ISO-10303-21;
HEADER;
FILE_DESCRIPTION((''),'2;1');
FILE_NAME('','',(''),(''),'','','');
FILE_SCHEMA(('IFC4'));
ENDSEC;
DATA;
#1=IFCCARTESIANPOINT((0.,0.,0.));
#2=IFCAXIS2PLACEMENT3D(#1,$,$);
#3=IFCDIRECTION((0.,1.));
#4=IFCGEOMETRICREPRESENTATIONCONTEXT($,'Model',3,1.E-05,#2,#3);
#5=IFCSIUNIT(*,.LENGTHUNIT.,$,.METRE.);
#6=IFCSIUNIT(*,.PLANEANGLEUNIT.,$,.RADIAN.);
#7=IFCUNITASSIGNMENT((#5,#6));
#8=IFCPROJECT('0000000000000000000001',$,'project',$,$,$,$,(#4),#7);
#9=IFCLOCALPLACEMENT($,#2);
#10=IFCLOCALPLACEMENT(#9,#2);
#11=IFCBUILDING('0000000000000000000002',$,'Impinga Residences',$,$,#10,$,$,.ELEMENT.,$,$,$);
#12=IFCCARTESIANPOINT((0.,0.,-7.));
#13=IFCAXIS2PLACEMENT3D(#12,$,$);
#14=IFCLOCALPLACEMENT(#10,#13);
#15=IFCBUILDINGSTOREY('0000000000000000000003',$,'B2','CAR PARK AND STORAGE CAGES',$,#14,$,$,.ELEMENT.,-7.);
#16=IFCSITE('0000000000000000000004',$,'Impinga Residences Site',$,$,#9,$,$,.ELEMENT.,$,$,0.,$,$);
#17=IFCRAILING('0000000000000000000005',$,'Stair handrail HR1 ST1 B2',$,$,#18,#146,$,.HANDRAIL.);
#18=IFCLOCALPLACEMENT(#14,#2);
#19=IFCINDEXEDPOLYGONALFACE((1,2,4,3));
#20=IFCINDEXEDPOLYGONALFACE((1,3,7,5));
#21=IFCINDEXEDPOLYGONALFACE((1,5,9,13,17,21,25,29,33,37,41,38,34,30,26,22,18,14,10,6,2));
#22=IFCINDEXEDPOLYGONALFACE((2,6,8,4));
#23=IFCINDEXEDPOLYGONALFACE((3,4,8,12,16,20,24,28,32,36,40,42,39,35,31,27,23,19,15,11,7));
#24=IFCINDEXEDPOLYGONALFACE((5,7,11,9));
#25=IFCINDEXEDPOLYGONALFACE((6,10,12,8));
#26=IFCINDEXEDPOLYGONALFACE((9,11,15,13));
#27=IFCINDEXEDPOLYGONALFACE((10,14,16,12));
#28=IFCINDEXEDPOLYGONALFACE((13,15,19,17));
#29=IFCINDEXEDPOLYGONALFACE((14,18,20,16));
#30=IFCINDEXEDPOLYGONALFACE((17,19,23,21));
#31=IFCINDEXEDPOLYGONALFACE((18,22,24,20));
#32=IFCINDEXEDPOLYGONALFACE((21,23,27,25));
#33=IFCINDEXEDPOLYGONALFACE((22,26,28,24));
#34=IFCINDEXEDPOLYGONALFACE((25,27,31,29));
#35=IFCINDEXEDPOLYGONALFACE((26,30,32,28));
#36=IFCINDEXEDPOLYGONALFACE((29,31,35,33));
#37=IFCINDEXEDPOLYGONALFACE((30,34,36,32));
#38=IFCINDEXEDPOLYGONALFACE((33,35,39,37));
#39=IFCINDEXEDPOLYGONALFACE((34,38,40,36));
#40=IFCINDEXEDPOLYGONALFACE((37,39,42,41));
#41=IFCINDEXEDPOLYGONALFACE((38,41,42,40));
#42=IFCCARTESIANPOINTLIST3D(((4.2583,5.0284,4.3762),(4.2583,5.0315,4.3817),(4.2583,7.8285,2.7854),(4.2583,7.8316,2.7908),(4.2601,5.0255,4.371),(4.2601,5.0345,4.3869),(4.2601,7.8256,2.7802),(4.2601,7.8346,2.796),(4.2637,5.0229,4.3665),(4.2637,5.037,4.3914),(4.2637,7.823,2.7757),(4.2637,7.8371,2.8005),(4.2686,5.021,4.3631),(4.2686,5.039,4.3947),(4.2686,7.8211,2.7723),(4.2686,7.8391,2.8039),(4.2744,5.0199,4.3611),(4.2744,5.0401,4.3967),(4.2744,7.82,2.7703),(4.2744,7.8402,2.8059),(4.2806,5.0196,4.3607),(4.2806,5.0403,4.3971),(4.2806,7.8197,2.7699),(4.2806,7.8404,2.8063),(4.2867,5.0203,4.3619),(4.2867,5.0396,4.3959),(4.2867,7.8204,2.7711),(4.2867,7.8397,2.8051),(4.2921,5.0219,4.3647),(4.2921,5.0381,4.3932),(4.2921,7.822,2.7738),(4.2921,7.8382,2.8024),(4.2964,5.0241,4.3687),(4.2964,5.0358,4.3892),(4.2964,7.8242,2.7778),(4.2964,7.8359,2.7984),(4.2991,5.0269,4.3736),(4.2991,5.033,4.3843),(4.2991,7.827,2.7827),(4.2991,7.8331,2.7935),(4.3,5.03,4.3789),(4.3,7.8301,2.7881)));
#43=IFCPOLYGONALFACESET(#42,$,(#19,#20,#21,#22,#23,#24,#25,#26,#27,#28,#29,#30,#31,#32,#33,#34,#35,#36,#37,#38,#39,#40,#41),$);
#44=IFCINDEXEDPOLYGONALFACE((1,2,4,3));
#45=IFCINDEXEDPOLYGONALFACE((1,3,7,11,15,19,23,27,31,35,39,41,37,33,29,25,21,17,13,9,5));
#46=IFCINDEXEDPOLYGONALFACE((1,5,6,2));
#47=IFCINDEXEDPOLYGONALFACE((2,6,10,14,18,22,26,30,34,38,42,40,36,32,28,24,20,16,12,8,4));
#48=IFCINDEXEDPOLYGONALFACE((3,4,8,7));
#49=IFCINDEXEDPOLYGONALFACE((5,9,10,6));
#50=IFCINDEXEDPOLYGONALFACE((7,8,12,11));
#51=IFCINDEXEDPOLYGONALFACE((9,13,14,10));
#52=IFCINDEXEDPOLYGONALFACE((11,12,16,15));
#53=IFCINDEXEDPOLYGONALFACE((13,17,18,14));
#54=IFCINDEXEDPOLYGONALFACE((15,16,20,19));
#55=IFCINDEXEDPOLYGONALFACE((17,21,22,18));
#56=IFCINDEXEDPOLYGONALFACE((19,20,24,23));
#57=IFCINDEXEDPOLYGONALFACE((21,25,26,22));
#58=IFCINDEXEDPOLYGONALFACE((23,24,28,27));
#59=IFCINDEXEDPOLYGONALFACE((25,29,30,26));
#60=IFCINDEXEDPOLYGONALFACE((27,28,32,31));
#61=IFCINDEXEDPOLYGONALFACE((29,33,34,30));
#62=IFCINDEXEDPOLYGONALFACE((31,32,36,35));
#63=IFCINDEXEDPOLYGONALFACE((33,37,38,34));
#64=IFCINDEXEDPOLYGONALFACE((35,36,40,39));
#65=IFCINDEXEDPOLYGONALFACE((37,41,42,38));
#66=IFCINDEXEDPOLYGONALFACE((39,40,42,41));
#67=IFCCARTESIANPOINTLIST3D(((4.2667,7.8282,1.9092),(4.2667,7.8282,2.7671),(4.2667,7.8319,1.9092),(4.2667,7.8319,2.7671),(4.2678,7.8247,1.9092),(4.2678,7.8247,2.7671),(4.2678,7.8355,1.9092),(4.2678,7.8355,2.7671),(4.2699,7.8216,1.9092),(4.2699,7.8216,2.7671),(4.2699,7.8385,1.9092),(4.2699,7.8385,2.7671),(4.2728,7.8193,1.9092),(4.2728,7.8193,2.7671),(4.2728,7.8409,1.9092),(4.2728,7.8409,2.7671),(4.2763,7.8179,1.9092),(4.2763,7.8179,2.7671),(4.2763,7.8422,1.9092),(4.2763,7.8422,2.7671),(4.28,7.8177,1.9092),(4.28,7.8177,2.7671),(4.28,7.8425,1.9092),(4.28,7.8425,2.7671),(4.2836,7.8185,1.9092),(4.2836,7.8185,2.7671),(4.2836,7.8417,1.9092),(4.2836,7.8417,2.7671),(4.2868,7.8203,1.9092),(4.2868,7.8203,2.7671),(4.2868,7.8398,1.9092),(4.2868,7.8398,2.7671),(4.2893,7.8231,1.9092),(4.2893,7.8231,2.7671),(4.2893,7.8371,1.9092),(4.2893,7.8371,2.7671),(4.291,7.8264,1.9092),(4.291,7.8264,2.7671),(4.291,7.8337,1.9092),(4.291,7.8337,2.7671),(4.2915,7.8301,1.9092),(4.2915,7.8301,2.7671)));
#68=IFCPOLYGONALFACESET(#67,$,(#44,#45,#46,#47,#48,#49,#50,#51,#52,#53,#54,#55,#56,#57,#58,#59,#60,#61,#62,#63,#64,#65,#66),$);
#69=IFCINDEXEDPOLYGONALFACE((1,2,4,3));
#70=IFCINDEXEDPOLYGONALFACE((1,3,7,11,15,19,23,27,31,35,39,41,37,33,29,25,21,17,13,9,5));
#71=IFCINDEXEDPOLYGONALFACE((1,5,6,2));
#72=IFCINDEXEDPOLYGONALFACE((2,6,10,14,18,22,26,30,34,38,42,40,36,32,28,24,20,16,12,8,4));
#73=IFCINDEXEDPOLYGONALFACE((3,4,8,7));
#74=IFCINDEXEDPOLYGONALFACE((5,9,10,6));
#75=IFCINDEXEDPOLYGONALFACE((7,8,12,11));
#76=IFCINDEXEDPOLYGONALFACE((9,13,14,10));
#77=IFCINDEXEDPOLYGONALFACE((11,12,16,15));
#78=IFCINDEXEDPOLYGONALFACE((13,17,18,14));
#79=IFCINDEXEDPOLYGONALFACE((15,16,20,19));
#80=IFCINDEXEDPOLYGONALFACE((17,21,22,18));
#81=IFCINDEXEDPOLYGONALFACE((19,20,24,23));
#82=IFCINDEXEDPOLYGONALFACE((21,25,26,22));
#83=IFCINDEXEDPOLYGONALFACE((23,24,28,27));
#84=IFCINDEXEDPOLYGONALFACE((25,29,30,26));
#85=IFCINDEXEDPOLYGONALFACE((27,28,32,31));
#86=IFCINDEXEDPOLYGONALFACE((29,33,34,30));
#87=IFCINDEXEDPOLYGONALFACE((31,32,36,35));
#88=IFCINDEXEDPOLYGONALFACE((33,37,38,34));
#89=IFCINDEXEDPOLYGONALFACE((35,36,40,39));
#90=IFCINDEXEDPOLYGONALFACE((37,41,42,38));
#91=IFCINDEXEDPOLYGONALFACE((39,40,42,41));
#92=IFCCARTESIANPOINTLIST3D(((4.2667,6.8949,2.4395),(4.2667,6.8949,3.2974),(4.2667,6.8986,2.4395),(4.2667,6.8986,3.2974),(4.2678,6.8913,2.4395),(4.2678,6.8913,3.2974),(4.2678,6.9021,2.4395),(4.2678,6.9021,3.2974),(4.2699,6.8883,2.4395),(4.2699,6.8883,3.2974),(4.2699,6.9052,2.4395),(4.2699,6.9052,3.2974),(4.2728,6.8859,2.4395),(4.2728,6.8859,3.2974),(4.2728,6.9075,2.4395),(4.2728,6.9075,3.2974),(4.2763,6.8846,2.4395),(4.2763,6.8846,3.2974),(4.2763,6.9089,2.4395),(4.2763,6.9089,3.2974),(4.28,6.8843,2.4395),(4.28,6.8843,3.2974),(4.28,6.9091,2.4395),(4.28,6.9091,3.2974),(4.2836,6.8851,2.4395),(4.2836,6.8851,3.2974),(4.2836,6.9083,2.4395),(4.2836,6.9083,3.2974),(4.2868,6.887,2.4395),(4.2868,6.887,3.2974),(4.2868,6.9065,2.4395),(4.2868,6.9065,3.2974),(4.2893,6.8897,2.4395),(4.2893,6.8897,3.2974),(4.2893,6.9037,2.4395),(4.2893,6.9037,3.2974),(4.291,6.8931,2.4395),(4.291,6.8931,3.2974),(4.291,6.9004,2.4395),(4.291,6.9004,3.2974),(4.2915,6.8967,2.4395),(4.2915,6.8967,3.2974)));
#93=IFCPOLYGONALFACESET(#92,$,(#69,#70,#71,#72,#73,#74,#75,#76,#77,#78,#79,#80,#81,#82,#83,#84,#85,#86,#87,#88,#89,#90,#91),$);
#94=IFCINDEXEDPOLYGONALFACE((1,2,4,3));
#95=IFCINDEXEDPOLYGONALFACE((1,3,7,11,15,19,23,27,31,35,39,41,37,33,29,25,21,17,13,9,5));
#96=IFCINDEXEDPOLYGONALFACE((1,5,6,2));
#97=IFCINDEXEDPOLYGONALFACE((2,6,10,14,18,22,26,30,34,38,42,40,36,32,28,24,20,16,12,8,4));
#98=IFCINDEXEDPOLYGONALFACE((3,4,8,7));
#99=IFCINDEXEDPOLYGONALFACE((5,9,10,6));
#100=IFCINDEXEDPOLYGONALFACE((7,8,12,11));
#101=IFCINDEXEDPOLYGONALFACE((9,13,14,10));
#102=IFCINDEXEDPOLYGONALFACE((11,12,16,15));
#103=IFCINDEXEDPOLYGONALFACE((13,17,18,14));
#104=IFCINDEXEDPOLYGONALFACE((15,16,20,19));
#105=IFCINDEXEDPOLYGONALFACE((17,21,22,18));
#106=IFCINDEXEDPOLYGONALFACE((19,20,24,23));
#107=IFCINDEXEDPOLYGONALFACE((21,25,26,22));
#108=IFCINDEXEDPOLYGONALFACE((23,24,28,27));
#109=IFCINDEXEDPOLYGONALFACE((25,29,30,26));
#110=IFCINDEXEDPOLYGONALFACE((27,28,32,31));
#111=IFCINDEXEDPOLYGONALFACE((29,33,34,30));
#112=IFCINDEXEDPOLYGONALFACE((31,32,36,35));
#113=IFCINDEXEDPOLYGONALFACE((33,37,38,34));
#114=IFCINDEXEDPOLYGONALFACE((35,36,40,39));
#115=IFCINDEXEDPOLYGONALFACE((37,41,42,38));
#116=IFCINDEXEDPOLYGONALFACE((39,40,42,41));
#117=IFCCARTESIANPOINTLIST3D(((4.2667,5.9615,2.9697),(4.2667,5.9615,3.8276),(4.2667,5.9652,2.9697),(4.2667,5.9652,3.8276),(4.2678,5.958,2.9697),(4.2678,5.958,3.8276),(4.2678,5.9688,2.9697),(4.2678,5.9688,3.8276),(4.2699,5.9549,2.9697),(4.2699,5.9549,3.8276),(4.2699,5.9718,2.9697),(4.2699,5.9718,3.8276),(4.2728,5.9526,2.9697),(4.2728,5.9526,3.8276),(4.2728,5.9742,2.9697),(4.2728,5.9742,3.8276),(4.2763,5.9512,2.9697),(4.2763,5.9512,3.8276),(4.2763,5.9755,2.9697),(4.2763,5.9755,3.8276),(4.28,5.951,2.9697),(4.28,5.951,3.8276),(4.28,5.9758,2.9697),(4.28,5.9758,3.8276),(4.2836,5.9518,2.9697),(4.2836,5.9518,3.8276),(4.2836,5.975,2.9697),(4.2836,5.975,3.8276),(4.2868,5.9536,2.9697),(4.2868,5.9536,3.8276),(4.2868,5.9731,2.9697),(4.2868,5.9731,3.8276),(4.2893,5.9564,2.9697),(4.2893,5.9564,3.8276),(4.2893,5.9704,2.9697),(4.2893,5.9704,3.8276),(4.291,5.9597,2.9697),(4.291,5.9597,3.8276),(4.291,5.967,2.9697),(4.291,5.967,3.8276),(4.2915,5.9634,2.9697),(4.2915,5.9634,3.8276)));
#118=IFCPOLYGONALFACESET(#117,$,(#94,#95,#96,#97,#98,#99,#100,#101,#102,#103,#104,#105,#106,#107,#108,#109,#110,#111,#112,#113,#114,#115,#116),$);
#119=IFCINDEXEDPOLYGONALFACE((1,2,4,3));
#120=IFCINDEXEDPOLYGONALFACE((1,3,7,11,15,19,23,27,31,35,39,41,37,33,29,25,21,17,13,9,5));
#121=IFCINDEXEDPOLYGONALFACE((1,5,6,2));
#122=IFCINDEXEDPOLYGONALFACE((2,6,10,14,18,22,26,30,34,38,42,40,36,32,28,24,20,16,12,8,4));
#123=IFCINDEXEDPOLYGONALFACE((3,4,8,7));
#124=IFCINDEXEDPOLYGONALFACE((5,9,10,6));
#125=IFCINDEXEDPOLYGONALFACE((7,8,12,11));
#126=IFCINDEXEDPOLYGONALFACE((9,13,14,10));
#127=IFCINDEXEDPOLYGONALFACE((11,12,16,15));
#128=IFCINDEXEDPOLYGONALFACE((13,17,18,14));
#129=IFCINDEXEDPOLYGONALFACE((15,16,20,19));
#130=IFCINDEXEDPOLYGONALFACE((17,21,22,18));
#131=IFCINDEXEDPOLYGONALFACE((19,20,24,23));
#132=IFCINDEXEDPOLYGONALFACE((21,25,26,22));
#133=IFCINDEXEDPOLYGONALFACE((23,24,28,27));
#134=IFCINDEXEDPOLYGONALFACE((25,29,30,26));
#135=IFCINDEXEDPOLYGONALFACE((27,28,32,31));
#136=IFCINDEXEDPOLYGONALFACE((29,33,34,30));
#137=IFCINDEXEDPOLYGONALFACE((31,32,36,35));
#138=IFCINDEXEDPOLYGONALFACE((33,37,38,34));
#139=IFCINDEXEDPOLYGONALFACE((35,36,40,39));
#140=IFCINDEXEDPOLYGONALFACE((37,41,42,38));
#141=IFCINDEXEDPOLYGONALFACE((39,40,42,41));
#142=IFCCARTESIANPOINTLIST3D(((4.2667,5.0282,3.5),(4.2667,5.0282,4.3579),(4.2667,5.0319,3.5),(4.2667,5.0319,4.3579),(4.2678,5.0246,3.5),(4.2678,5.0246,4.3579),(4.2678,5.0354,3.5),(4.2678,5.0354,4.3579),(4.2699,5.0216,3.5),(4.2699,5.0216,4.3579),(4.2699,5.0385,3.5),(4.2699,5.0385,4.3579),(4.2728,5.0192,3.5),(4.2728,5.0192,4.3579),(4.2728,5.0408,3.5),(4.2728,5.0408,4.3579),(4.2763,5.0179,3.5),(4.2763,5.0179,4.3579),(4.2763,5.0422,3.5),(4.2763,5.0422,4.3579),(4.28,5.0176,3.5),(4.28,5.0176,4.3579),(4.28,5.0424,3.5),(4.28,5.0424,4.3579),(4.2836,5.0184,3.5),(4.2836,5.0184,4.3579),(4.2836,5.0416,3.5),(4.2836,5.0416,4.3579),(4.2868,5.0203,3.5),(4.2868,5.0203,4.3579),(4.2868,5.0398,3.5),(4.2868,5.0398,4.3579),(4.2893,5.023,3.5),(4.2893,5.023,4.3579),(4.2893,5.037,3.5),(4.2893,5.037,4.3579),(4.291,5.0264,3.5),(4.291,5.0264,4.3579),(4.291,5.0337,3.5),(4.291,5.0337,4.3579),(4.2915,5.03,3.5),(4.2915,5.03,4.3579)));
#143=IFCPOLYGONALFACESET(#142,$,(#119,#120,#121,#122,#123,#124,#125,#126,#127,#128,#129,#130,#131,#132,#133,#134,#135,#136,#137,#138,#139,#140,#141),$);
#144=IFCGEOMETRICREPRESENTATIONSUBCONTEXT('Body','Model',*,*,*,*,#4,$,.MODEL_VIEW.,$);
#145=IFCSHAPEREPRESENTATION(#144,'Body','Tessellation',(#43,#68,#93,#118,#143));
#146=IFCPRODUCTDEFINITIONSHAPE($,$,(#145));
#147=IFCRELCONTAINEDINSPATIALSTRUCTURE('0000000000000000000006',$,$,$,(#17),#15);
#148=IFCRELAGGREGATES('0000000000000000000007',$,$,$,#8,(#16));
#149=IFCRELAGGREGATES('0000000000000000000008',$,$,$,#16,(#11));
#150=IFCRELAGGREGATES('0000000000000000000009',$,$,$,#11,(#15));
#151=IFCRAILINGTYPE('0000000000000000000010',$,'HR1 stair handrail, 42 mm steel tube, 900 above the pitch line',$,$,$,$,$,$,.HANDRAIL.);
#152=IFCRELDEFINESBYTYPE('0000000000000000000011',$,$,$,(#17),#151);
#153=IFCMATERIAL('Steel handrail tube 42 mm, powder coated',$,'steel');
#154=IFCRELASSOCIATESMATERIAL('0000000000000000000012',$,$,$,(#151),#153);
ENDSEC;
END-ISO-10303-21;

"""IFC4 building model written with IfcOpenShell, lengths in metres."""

from ifc_helpers import new_model, si_unit, direction, frame, origin, origin_2d, place, context, subcontext, project, spatial, circle, extrude, material, type_object, element, save


model = new_model("IFC4")

# Units and contexts
model_context = context("Model", 3, precision=1e-05, world=origin(), true_north=direction((0.0, 1.0)))
body_context = subcontext(model_context, "Body", "Model", "MODEL_VIEW")
ifc_project = project(units=[si_unit("LENGTHUNIT", "METRE"), si_unit("PLANEANGLEUNIT", "RADIAN")], contexts=[model_context])

# Site, building, storey
site_placement = place(None, origin())
site = spatial("IfcSite", under=ifc_project, at=site_placement, Name="Impinga Residences Site", CompositionType="ELEMENT", RefElevation=0.0)
building_placement = place(site_placement, origin())
building = spatial("IfcBuilding", under=site, at=building_placement, Name="Impinga Residences", CompositionType="ELEMENT")
storey_placement = place(building_placement, frame((0.0, 0.0, -7.0)))
storey = spatial("IfcBuildingStorey", under=building, at=storey_placement, Name="B2", Description="CAR PARK AND STORAGE CAGES", CompositionType="ELEMENT", Elevation=-7.0)

# Railing
ifc_material_1 = material(Name="Steel handrail tube 42 mm, powder coated", Category="steel")
railing_type_1 = type_object("IfcRailingType", Name="HR1 stair handrail, 42 mm steel tube, 900 above the pitch line", PredefinedType="HANDRAIL", material=ifc_material_1)
railing_1_placement = place(storey_placement, frame((4.2791, 7.8301, 1.9092)))
element("IfcRailing", 1, at=railing_1_placement, inside=storey, type_object=railing_type_1, Name="Stair handrail HR1 ST1 B2", PredefinedType="HANDRAIL", context=body_context, shape_type="SweptSolid", body=[
    extrude(circle(Radius=0.021, at=origin_2d()), frame((0.0, 0.0, 0.8789), z_axis=(0.0, -0.869472, 0.493982), x_axis=(1.0, 0.0, 0.0)), (0.0, 0.0, 1.0), 3.2205),
    extrude(circle(Radius=0.0125, at=origin_2d()), origin(), (0.0, 0.0, 1.0), 0.8579),
    extrude(circle(Radius=0.0125, at=origin_2d()), frame((0.0, -0.9333, 0.5303)), (0.0, 0.0, 1.0), 0.8579),
    extrude(circle(Radius=0.0125, at=origin_2d()), frame((0.0, -1.8667, 1.0605)), (0.0, 0.0, 1.0), 0.8579),
    extrude(circle(Radius=0.0125, at=origin_2d()), frame((0.0, -2.8, 1.5908)), (0.0, 0.0, 1.0), 0.8579),
])

save(model, "model.ifc")
